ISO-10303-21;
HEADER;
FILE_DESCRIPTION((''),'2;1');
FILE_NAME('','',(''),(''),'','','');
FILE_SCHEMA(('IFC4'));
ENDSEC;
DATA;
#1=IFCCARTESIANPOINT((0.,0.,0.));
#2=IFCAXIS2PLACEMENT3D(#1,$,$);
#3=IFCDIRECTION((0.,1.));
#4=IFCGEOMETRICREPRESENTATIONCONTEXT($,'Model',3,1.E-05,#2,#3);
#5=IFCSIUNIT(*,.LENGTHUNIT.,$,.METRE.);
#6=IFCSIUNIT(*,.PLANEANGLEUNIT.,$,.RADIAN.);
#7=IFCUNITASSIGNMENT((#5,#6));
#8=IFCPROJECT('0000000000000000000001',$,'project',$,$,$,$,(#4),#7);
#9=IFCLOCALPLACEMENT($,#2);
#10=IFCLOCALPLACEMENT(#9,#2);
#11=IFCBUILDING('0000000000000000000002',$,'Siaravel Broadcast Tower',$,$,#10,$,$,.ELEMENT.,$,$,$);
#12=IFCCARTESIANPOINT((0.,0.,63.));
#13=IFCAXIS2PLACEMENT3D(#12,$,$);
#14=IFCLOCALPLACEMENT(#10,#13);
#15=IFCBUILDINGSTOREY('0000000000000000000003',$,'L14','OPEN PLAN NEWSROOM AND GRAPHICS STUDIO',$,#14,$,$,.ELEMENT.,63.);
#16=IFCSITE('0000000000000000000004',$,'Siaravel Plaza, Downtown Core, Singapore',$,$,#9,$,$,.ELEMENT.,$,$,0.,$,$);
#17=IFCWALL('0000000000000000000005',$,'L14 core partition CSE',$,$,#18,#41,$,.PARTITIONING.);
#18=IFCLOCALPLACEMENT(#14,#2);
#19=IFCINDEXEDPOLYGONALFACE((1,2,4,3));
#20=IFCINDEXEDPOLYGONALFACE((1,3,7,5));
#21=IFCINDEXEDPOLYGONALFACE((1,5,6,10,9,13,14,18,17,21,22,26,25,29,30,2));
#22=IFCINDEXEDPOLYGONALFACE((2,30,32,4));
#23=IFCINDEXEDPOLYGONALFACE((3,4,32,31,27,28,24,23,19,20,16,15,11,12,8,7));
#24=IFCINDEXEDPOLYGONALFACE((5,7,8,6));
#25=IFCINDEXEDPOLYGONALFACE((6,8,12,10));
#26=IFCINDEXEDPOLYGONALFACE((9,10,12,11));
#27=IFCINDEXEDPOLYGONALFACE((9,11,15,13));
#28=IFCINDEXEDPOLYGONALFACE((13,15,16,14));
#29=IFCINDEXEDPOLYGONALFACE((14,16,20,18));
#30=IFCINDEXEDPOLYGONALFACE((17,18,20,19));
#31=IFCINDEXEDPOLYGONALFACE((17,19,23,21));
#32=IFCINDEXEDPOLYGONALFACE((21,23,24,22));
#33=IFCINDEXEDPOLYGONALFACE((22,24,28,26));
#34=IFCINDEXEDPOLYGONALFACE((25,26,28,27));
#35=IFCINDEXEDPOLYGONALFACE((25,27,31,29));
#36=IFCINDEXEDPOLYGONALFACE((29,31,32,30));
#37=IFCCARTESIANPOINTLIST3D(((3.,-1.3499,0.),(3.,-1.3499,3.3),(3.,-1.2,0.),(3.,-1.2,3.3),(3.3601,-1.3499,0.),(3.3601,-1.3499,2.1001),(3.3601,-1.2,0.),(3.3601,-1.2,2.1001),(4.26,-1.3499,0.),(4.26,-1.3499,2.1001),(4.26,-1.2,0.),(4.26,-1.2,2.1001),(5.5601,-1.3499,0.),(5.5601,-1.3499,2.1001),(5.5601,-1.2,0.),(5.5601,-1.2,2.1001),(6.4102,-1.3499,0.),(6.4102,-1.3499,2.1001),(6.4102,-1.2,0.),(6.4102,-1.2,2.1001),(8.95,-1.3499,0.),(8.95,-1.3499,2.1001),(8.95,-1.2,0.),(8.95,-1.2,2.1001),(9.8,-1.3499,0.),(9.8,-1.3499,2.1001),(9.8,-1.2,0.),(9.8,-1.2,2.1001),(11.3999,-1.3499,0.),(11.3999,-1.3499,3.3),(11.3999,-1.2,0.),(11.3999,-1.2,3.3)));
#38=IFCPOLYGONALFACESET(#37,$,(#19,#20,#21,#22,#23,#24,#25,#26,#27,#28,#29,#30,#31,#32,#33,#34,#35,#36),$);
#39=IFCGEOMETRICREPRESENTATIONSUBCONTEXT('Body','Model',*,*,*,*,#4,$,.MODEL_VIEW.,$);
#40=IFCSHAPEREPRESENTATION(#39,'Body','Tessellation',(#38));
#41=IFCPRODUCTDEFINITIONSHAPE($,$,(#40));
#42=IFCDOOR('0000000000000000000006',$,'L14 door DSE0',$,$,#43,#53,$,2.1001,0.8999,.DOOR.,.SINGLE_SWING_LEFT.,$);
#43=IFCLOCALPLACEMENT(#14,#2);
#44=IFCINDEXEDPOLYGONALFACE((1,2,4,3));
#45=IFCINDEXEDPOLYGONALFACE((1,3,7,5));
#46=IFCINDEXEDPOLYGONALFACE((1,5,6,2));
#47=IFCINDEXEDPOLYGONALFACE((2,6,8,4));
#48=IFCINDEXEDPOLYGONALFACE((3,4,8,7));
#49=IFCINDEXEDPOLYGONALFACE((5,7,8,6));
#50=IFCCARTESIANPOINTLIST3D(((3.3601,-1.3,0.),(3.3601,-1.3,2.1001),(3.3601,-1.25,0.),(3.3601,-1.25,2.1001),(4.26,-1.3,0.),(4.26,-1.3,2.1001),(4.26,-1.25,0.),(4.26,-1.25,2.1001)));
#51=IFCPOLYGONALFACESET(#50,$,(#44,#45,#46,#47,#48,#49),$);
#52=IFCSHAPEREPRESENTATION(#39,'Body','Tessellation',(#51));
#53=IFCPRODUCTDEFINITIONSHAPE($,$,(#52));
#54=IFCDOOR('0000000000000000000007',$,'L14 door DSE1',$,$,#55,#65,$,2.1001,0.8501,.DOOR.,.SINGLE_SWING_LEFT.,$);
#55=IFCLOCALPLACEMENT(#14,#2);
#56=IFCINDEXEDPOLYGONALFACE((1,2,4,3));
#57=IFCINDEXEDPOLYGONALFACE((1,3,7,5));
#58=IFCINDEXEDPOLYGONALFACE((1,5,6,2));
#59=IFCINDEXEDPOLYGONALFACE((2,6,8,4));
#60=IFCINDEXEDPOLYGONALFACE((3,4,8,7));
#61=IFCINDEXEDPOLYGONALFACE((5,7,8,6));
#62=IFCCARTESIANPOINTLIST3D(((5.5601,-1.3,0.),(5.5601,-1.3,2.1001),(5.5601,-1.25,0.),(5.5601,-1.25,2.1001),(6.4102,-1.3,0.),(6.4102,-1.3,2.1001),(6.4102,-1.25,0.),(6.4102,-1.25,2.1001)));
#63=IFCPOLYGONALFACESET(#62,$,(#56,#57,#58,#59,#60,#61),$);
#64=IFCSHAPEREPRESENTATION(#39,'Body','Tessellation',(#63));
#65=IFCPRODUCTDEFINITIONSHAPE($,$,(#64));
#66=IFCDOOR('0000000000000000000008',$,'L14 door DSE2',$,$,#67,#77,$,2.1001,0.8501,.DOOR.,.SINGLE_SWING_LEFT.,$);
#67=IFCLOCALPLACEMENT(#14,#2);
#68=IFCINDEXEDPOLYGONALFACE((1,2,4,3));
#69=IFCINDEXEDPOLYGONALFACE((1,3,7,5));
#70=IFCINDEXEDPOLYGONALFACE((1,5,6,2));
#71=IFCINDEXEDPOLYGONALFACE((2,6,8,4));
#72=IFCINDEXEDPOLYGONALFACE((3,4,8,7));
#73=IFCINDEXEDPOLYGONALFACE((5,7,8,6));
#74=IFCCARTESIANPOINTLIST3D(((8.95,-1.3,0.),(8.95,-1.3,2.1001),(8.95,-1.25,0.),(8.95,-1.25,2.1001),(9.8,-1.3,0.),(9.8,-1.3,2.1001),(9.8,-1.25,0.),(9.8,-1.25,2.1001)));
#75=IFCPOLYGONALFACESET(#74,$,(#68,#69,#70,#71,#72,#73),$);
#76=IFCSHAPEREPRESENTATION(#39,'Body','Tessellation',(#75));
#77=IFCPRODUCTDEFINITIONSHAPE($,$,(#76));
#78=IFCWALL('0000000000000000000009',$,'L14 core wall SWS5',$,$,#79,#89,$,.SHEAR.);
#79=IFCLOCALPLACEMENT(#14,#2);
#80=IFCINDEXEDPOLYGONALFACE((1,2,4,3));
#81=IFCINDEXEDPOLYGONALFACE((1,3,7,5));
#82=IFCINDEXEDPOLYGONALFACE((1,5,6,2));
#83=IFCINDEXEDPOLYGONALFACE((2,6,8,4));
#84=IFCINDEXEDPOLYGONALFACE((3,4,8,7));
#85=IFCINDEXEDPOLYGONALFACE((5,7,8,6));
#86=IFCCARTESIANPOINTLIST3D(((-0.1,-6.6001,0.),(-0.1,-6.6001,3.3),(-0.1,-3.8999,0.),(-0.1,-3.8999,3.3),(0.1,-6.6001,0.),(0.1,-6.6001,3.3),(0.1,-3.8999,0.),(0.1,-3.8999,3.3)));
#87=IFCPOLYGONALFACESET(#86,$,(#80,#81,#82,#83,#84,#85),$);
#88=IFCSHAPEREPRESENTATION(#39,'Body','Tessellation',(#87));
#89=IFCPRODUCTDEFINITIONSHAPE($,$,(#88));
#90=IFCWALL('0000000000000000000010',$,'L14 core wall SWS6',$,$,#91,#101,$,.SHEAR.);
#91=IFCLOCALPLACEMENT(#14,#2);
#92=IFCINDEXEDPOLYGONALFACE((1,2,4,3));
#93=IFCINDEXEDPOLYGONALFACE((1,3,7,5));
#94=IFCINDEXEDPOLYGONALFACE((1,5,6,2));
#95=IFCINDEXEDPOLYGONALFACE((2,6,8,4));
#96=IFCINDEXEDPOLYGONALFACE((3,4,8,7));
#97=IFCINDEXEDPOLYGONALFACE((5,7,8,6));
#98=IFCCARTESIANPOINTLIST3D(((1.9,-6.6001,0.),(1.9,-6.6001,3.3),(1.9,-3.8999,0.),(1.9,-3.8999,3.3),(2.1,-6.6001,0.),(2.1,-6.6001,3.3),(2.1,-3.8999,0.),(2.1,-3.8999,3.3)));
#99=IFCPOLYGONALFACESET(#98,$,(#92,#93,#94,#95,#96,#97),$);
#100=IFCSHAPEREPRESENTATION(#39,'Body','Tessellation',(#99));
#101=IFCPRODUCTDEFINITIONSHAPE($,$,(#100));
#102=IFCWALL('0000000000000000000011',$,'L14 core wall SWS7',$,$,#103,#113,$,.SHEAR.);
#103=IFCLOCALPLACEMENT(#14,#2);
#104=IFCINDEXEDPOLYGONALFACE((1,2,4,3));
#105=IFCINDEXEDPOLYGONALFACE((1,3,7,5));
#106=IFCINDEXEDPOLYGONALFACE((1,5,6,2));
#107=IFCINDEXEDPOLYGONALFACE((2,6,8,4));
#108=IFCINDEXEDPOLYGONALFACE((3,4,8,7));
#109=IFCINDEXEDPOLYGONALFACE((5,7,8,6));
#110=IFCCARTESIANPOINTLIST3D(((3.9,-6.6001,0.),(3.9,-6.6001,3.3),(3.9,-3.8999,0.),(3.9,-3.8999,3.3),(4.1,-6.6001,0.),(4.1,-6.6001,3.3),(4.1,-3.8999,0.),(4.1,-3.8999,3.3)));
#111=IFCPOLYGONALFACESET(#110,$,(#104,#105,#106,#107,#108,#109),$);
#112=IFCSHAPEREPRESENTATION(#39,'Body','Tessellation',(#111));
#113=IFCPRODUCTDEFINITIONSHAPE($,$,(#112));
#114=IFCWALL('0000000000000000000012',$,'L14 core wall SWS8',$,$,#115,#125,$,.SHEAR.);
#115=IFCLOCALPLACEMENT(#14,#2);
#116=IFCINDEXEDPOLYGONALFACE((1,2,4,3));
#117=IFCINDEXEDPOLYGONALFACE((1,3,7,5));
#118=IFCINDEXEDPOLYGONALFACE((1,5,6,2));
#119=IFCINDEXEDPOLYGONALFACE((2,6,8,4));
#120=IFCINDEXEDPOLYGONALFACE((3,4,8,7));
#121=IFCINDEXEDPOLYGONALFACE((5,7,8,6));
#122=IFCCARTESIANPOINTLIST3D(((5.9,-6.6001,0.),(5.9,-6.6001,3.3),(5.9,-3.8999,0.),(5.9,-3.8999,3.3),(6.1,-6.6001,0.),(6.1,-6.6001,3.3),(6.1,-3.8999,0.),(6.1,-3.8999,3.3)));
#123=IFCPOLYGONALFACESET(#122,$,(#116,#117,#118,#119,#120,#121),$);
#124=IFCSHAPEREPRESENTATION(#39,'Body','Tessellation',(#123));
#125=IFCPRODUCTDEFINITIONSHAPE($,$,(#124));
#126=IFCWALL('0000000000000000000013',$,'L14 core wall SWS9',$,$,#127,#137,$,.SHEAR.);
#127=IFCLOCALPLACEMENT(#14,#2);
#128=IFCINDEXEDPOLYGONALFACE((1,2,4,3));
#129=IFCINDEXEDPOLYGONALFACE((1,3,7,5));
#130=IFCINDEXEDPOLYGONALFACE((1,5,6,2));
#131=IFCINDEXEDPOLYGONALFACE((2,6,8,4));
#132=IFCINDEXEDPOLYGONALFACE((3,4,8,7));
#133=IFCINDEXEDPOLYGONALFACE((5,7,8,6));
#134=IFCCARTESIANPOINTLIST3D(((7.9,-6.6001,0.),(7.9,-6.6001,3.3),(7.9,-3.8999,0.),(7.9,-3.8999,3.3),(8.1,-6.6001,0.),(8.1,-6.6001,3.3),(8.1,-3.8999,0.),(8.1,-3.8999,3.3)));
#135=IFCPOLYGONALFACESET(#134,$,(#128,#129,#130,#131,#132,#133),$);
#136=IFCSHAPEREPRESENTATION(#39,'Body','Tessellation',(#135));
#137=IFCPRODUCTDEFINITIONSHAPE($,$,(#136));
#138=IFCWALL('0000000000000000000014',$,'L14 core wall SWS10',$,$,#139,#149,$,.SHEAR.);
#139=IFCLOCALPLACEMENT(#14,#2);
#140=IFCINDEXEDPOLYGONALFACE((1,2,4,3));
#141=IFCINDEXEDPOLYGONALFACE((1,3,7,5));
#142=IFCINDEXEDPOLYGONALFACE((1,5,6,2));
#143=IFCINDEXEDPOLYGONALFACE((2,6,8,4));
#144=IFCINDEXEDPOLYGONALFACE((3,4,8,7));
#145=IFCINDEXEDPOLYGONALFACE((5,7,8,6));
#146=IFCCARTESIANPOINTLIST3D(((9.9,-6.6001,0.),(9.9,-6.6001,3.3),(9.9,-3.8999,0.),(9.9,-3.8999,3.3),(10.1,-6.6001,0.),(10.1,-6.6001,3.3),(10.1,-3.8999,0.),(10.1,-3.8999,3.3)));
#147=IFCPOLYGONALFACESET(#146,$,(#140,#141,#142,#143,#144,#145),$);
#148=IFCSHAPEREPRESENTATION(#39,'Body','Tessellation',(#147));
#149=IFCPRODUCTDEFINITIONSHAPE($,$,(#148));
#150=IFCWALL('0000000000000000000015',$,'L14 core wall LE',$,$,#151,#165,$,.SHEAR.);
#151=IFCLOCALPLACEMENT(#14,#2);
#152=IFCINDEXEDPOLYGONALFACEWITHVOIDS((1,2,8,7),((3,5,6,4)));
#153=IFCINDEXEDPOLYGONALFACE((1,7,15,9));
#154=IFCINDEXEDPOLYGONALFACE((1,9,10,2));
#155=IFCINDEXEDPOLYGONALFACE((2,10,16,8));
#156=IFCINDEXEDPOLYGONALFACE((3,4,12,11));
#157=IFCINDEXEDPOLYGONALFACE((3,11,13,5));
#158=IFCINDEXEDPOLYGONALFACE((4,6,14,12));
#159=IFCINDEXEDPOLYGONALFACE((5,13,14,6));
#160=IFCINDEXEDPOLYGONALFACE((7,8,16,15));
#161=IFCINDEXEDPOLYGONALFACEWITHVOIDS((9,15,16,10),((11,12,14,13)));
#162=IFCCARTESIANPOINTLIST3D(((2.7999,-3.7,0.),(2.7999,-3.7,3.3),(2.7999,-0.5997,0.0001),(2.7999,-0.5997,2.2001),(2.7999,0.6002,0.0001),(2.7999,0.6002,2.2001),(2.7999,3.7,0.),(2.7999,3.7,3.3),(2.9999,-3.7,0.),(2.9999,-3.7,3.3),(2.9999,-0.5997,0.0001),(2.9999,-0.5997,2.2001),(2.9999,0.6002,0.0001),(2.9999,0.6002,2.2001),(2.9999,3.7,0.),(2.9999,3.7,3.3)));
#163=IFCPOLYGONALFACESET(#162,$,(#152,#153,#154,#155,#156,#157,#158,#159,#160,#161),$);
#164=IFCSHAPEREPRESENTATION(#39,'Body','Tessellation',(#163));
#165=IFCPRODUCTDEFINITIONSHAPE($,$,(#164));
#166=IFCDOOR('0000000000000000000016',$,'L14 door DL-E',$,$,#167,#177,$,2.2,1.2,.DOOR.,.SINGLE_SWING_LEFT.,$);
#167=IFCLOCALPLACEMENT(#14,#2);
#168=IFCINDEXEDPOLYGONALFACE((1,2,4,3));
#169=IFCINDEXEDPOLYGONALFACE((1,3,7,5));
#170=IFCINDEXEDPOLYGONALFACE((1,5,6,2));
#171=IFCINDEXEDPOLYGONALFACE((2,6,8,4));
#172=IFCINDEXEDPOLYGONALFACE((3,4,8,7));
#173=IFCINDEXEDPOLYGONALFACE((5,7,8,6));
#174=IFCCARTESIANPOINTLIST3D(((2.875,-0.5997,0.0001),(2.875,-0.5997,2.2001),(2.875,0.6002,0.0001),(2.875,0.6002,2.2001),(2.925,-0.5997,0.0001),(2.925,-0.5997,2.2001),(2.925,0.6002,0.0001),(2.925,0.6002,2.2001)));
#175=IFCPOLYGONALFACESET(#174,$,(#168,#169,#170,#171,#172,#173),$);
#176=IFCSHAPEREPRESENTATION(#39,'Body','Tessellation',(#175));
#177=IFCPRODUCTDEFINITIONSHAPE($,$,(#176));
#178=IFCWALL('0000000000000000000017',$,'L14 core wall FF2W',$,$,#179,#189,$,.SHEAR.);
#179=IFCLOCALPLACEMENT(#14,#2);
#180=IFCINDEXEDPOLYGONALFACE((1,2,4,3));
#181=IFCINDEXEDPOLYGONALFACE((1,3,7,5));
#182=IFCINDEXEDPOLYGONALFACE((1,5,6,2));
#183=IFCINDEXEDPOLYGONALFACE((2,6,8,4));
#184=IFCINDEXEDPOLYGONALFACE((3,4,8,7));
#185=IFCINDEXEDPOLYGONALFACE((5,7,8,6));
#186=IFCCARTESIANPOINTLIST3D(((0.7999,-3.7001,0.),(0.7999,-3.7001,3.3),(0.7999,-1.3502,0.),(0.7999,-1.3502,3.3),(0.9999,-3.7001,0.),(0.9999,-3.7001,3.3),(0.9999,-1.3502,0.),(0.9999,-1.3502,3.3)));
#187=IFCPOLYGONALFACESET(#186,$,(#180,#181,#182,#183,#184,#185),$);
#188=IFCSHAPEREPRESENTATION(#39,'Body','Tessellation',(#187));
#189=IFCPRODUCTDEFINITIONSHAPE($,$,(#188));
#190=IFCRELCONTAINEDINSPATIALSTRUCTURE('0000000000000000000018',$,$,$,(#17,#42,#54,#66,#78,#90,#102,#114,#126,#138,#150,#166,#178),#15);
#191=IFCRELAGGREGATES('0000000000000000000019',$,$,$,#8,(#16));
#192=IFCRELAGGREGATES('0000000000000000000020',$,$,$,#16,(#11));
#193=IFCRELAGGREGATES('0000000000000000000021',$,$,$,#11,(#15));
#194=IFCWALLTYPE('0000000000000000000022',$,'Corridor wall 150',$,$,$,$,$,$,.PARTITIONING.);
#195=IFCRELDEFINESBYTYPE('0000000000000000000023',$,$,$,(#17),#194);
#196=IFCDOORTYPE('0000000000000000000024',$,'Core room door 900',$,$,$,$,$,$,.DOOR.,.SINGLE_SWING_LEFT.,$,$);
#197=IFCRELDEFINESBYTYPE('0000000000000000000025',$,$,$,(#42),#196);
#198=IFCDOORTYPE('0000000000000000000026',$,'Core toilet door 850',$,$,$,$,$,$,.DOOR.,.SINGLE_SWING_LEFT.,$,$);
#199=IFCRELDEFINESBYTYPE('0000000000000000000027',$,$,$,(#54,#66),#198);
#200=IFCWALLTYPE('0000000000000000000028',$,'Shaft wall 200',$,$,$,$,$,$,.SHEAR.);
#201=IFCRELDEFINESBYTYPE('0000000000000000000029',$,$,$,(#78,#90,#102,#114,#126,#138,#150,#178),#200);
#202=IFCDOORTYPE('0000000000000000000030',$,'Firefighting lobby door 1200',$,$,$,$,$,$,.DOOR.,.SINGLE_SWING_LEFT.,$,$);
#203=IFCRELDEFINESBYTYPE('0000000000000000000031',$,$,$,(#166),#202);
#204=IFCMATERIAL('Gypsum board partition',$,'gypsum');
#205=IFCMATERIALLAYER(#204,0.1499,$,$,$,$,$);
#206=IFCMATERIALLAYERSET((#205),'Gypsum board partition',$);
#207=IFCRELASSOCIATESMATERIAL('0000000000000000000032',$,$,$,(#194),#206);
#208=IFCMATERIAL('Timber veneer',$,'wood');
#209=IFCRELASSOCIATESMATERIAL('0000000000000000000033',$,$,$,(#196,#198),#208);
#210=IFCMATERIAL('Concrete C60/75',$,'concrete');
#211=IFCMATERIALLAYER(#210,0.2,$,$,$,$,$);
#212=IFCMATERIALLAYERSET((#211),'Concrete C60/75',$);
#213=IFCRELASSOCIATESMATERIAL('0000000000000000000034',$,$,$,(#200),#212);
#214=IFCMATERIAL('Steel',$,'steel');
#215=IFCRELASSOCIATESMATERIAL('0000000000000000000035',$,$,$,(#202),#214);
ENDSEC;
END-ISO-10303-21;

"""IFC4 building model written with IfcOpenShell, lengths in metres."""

from ifc_helpers import new_model, si_unit, direction, frame, frame_2d, origin, place, context, subcontext, project, spatial, rectangle, extrude, material, layer, layer_set, type_object, element, fill, save


model = new_model("IFC4")

# Units and contexts
model_context = context("Model", 3, precision=1e-05, world=origin(), true_north=direction((0.0, 1.0)))
body_context = subcontext(model_context, "Body", "Model", "MODEL_VIEW")
ifc_project = project(units=[si_unit("LENGTHUNIT", "METRE"), si_unit("PLANEANGLEUNIT", "RADIAN")], contexts=[model_context])

# Site, building, storey
site_placement = place(None, origin())
site = spatial("IfcSite", under=ifc_project, at=site_placement, Name="Siaravel Plaza, Downtown Core, Singapore", CompositionType="ELEMENT", RefElevation=0.0)
building_placement = place(site_placement, origin())
building = spatial("IfcBuilding", under=site, at=building_placement, Name="Siaravel Broadcast Tower", CompositionType="ELEMENT")
storey_placement = place(building_placement, frame((0.0, 0.0, 63.0)))
storey = spatial("IfcBuildingStorey", under=building, at=storey_placement, Name="L14", Description="OPEN PLAN NEWSROOM AND GRAPHICS STUDIO", CompositionType="ELEMENT", Elevation=63.0)

# Shared definitions
ifc_material_1 = material(Name="Concrete C60/75", Category="concrete")
ifc_material_2 = material(Name="Steel", Category="steel")

# Wall, openings, doors
ifc_material_3 = material(Name="Gypsum board partition", Category="gypsum")
ifc_layer_1 = layer(ifc_material_3, 0.1499)
ifc_layer_set_1 = layer_set([ifc_layer_1], Name="Gypsum board partition")
wall_type_1 = type_object("IfcWallType", Name="Corridor wall 150", PredefinedType="PARTITIONING", material=ifc_layer_set_1)
wall_1_placement = place(storey_placement, frame((3.0, -1.2749, 0.0), z_axis=(0.0, 0.0, 1.0), x_axis=(1.0, 0.0, 0.0)))
wall_1 = element("IfcWall", 1, at=wall_1_placement, inside=storey, type_object=wall_type_1, Name="L14 core partition CSE", PredefinedType="PARTITIONING", context=body_context, shape_type="SweptSolid", body=[
    extrude(rectangle(XDim=8.3999, YDim=0.1499, at=frame_2d((4.2, 0.0))), origin(), (0.0, 0.0, 1.0), 3.3),
])
opening_1_placement = place(wall_1_placement, frame((0.3601, 0.0, 0.0)))
opening_1 = element("IfcOpeningElement", 2, at=opening_1_placement, cuts=wall_1, PredefinedType="OPENING", context=body_context, shape_type="SweptSolid", body=[
    extrude(rectangle(XDim=0.8999, YDim=2.1001, at=frame_2d((0.45, 1.05))), frame((0.0, 0.085, 0.0), z_axis=(0.0, -1.0, 0.0), x_axis=(1.0, 0.0, 0.0)), (0.0, 0.0, 1.0), 0.1699),
])
opening_2_placement = place(wall_1_placement, frame((2.5601, 0.0, 0.0)))
opening_2 = element("IfcOpeningElement", 3, at=opening_2_placement, cuts=wall_1, PredefinedType="OPENING", context=body_context, shape_type="SweptSolid", body=[
    extrude(rectangle(XDim=0.8501, YDim=2.1001, at=frame_2d((0.425, 1.05))), frame((0.0, 0.085, 0.0), z_axis=(0.0, -1.0, 0.0), x_axis=(1.0, 0.0, 0.0)), (0.0, 0.0, 1.0), 0.1699),
])
opening_3_placement = place(wall_1_placement, frame((5.95, 0.0, 0.0)))
opening_3 = element("IfcOpeningElement", 4, at=opening_3_placement, cuts=wall_1, PredefinedType="OPENING", context=body_context, shape_type="SweptSolid", body=[
    extrude(rectangle(XDim=0.8501, YDim=2.1001, at=frame_2d((0.425, 1.05))), frame((0.0, 0.085, 0.0), z_axis=(0.0, -1.0, 0.0), x_axis=(1.0, 0.0, 0.0)), (0.0, 0.0, 1.0), 0.1699),
])
ifc_material_4 = material(Name="Timber veneer", Category="wood")
door_type_1 = type_object("IfcDoorType", Name="Core room door 900", OperationType="SINGLE_SWING_LEFT", PredefinedType="DOOR", material=ifc_material_4)
door_1_placement = place(opening_1_placement, origin())
door_1 = element("IfcDoor", 5, at=door_1_placement, inside=storey, type_object=door_type_1, Name="L14 door DSE0", OperationType="SINGLE_SWING_LEFT", OverallHeight=2.1001, OverallWidth=0.8999, PredefinedType="DOOR", context=body_context, shape_type="SweptSolid", body=[
    extrude(rectangle(XDim=0.8999, YDim=2.1001, at=frame_2d((0.45, 1.05))), frame((0.0, 0.0249, 0.0), z_axis=(0.0, -1.0, 0.0), x_axis=(1.0, 0.0, 0.0)), (0.0, 0.0, 1.0), 0.05),
])
fill(opening_1, door_1)
door_type_2 = type_object("IfcDoorType", Name="Core toilet door 850", OperationType="SINGLE_SWING_LEFT", PredefinedType="DOOR", material=ifc_material_4)
door_2_placement = place(opening_2_placement, origin())
door_2 = element("IfcDoor", 6, at=door_2_placement, inside=storey, type_object=door_type_2, Name="L14 door DSE1", OperationType="SINGLE_SWING_LEFT", OverallHeight=2.1001, OverallWidth=0.8501, PredefinedType="DOOR", context=body_context, shape_type="SweptSolid", body=[
    extrude(rectangle(XDim=0.8501, YDim=2.1001, at=frame_2d((0.425, 1.05))), frame((0.0, 0.0249, 0.0), z_axis=(0.0, -1.0, 0.0), x_axis=(1.0, 0.0, 0.0)), (0.0, 0.0, 1.0), 0.05),
])
fill(opening_2, door_2)
door_3_placement = place(opening_3_placement, origin())
door_3 = element("IfcDoor", 7, at=door_3_placement, inside=storey, type_object=door_type_2, Name="L14 door DSE2", OperationType="SINGLE_SWING_LEFT", OverallHeight=2.1001, OverallWidth=0.8501, PredefinedType="DOOR", context=body_context, shape_type="SweptSolid", body=[
    extrude(rectangle(XDim=0.8501, YDim=2.1001, at=frame_2d((0.425, 1.05))), frame((0.0, 0.0249, 0.0), z_axis=(0.0, -1.0, 0.0), x_axis=(1.0, 0.0, 0.0)), (0.0, 0.0, 1.0), 0.05),
])
fill(opening_3, door_3)

# Walls
ifc_layer_2 = layer(ifc_material_1, 0.2)
ifc_layer_set_2 = layer_set([ifc_layer_2], Name="Concrete C60/75")
wall_type_2 = type_object("IfcWallType", Name="Shaft wall 200", PredefinedType="SHEAR", material=ifc_layer_set_2)
for number, where, z_axis, x_axis, name in (
    (8, (0.0, -6.6001, 0.0), (0.0, 0.0, 1.0), (0.0, 1.0, 0.0), "L14 core wall SWS5"),
    (9, (2.0, -6.6001, 0.0), (0.0, 0.0, 1.0), (0.0, 1.0, 0.0), "L14 core wall SWS6"),
    (10, (4.0, -6.6001, 0.0), (0.0, 0.0, 1.0), (0.0, 1.0, 0.0), "L14 core wall SWS7"),
    (11, (6.0, -6.6001, 0.0), (0.0, 0.0, 1.0), (0.0, 1.0, 0.0), "L14 core wall SWS8"),
    (12, (8.0, -6.6001, 0.0), (0.0, 0.0, 1.0), (0.0, 1.0, 0.0), "L14 core wall SWS9"),
    (13, (10.0, -6.6001, 0.0), (0.0, 0.0, 1.0), (0.0, 1.0, 0.0), "L14 core wall SWS10"),
):
    element("IfcWall", number, at=place(storey_placement, frame(where, z_axis=z_axis, x_axis=x_axis)), inside=storey, type_object=wall_type_2, Name=name, PredefinedType="SHEAR", context=body_context, shape_type="SweptSolid", body=[
        extrude(rectangle(XDim=2.7002, YDim=0.2, at=frame_2d((1.3501, 0.0))), origin(), (0.0, 0.0, 1.0), 3.3),
    ])

# Wall, opening, door
wall_2_placement = place(storey_placement, frame((2.8999, -3.7, 0.0), z_axis=(0.0, 0.0, 1.0), x_axis=(0.0, 1.0, 0.0)))
wall_2 = element("IfcWall", 14, at=wall_2_placement, inside=storey, type_object=wall_type_2, Name="L14 core wall LE", PredefinedType="SHEAR", context=body_context, shape_type="SweptSolid", body=[
    extrude(rectangle(XDim=7.3999, YDim=0.2, at=frame_2d((3.7, 0.0))), origin(), (0.0, 0.0, 1.0), 3.3),
])
opening_4_placement = place(wall_2_placement, frame((3.1001, 0.0, 0.0)))
opening_4 = element("IfcOpeningElement", 15, at=opening_4_placement, cuts=wall_2, PredefinedType="OPENING", context=body_context, shape_type="SweptSolid", body=[
    extrude(rectangle(XDim=1.2, YDim=2.2, at=frame_2d((0.6001, 1.1001))), frame((0.0, 0.1099, 0.0), z_axis=(0.0, -1.0, 0.0), x_axis=(1.0, 0.0, 0.0)), (0.0, 0.0, 1.0), 0.22),
])
door_type_3 = type_object("IfcDoorType", Name="Firefighting lobby door 1200", OperationType="SINGLE_SWING_LEFT", PredefinedType="DOOR", material=ifc_material_2)
door_4_placement = place(opening_4_placement, origin())
door_4 = element("IfcDoor", 16, at=door_4_placement, inside=storey, type_object=door_type_3, Name="L14 door DL-E", OperationType="SINGLE_SWING_LEFT", OverallHeight=2.2, OverallWidth=1.2, PredefinedType="DOOR", context=body_context, shape_type="SweptSolid", body=[
    extrude(rectangle(XDim=1.2, YDim=2.2, at=frame_2d((0.6001, 1.1001))), frame((0.0, 0.0249, 0.0), z_axis=(0.0, -1.0, 0.0), x_axis=(1.0, 0.0, 0.0)), (0.0, 0.0, 1.0), 0.05),
])
fill(opening_4, door_4)

# Wall
wall_3_placement = place(storey_placement, frame((0.8999, -3.7, 0.0), z_axis=(0.0, 0.0, 1.0), x_axis=(0.0, 1.0, 0.0)))
element("IfcWall", 17, at=wall_3_placement, inside=storey, type_object=wall_type_2, Name="L14 core wall FF2W", PredefinedType="SHEAR", context=body_context, shape_type="SweptSolid", body=[
    extrude(rectangle(XDim=2.3499, YDim=0.2, at=frame_2d((1.1748, 0.0))), origin(), (0.0, 0.0, 1.0), 3.3),
])

save(model, "model.ifc")
